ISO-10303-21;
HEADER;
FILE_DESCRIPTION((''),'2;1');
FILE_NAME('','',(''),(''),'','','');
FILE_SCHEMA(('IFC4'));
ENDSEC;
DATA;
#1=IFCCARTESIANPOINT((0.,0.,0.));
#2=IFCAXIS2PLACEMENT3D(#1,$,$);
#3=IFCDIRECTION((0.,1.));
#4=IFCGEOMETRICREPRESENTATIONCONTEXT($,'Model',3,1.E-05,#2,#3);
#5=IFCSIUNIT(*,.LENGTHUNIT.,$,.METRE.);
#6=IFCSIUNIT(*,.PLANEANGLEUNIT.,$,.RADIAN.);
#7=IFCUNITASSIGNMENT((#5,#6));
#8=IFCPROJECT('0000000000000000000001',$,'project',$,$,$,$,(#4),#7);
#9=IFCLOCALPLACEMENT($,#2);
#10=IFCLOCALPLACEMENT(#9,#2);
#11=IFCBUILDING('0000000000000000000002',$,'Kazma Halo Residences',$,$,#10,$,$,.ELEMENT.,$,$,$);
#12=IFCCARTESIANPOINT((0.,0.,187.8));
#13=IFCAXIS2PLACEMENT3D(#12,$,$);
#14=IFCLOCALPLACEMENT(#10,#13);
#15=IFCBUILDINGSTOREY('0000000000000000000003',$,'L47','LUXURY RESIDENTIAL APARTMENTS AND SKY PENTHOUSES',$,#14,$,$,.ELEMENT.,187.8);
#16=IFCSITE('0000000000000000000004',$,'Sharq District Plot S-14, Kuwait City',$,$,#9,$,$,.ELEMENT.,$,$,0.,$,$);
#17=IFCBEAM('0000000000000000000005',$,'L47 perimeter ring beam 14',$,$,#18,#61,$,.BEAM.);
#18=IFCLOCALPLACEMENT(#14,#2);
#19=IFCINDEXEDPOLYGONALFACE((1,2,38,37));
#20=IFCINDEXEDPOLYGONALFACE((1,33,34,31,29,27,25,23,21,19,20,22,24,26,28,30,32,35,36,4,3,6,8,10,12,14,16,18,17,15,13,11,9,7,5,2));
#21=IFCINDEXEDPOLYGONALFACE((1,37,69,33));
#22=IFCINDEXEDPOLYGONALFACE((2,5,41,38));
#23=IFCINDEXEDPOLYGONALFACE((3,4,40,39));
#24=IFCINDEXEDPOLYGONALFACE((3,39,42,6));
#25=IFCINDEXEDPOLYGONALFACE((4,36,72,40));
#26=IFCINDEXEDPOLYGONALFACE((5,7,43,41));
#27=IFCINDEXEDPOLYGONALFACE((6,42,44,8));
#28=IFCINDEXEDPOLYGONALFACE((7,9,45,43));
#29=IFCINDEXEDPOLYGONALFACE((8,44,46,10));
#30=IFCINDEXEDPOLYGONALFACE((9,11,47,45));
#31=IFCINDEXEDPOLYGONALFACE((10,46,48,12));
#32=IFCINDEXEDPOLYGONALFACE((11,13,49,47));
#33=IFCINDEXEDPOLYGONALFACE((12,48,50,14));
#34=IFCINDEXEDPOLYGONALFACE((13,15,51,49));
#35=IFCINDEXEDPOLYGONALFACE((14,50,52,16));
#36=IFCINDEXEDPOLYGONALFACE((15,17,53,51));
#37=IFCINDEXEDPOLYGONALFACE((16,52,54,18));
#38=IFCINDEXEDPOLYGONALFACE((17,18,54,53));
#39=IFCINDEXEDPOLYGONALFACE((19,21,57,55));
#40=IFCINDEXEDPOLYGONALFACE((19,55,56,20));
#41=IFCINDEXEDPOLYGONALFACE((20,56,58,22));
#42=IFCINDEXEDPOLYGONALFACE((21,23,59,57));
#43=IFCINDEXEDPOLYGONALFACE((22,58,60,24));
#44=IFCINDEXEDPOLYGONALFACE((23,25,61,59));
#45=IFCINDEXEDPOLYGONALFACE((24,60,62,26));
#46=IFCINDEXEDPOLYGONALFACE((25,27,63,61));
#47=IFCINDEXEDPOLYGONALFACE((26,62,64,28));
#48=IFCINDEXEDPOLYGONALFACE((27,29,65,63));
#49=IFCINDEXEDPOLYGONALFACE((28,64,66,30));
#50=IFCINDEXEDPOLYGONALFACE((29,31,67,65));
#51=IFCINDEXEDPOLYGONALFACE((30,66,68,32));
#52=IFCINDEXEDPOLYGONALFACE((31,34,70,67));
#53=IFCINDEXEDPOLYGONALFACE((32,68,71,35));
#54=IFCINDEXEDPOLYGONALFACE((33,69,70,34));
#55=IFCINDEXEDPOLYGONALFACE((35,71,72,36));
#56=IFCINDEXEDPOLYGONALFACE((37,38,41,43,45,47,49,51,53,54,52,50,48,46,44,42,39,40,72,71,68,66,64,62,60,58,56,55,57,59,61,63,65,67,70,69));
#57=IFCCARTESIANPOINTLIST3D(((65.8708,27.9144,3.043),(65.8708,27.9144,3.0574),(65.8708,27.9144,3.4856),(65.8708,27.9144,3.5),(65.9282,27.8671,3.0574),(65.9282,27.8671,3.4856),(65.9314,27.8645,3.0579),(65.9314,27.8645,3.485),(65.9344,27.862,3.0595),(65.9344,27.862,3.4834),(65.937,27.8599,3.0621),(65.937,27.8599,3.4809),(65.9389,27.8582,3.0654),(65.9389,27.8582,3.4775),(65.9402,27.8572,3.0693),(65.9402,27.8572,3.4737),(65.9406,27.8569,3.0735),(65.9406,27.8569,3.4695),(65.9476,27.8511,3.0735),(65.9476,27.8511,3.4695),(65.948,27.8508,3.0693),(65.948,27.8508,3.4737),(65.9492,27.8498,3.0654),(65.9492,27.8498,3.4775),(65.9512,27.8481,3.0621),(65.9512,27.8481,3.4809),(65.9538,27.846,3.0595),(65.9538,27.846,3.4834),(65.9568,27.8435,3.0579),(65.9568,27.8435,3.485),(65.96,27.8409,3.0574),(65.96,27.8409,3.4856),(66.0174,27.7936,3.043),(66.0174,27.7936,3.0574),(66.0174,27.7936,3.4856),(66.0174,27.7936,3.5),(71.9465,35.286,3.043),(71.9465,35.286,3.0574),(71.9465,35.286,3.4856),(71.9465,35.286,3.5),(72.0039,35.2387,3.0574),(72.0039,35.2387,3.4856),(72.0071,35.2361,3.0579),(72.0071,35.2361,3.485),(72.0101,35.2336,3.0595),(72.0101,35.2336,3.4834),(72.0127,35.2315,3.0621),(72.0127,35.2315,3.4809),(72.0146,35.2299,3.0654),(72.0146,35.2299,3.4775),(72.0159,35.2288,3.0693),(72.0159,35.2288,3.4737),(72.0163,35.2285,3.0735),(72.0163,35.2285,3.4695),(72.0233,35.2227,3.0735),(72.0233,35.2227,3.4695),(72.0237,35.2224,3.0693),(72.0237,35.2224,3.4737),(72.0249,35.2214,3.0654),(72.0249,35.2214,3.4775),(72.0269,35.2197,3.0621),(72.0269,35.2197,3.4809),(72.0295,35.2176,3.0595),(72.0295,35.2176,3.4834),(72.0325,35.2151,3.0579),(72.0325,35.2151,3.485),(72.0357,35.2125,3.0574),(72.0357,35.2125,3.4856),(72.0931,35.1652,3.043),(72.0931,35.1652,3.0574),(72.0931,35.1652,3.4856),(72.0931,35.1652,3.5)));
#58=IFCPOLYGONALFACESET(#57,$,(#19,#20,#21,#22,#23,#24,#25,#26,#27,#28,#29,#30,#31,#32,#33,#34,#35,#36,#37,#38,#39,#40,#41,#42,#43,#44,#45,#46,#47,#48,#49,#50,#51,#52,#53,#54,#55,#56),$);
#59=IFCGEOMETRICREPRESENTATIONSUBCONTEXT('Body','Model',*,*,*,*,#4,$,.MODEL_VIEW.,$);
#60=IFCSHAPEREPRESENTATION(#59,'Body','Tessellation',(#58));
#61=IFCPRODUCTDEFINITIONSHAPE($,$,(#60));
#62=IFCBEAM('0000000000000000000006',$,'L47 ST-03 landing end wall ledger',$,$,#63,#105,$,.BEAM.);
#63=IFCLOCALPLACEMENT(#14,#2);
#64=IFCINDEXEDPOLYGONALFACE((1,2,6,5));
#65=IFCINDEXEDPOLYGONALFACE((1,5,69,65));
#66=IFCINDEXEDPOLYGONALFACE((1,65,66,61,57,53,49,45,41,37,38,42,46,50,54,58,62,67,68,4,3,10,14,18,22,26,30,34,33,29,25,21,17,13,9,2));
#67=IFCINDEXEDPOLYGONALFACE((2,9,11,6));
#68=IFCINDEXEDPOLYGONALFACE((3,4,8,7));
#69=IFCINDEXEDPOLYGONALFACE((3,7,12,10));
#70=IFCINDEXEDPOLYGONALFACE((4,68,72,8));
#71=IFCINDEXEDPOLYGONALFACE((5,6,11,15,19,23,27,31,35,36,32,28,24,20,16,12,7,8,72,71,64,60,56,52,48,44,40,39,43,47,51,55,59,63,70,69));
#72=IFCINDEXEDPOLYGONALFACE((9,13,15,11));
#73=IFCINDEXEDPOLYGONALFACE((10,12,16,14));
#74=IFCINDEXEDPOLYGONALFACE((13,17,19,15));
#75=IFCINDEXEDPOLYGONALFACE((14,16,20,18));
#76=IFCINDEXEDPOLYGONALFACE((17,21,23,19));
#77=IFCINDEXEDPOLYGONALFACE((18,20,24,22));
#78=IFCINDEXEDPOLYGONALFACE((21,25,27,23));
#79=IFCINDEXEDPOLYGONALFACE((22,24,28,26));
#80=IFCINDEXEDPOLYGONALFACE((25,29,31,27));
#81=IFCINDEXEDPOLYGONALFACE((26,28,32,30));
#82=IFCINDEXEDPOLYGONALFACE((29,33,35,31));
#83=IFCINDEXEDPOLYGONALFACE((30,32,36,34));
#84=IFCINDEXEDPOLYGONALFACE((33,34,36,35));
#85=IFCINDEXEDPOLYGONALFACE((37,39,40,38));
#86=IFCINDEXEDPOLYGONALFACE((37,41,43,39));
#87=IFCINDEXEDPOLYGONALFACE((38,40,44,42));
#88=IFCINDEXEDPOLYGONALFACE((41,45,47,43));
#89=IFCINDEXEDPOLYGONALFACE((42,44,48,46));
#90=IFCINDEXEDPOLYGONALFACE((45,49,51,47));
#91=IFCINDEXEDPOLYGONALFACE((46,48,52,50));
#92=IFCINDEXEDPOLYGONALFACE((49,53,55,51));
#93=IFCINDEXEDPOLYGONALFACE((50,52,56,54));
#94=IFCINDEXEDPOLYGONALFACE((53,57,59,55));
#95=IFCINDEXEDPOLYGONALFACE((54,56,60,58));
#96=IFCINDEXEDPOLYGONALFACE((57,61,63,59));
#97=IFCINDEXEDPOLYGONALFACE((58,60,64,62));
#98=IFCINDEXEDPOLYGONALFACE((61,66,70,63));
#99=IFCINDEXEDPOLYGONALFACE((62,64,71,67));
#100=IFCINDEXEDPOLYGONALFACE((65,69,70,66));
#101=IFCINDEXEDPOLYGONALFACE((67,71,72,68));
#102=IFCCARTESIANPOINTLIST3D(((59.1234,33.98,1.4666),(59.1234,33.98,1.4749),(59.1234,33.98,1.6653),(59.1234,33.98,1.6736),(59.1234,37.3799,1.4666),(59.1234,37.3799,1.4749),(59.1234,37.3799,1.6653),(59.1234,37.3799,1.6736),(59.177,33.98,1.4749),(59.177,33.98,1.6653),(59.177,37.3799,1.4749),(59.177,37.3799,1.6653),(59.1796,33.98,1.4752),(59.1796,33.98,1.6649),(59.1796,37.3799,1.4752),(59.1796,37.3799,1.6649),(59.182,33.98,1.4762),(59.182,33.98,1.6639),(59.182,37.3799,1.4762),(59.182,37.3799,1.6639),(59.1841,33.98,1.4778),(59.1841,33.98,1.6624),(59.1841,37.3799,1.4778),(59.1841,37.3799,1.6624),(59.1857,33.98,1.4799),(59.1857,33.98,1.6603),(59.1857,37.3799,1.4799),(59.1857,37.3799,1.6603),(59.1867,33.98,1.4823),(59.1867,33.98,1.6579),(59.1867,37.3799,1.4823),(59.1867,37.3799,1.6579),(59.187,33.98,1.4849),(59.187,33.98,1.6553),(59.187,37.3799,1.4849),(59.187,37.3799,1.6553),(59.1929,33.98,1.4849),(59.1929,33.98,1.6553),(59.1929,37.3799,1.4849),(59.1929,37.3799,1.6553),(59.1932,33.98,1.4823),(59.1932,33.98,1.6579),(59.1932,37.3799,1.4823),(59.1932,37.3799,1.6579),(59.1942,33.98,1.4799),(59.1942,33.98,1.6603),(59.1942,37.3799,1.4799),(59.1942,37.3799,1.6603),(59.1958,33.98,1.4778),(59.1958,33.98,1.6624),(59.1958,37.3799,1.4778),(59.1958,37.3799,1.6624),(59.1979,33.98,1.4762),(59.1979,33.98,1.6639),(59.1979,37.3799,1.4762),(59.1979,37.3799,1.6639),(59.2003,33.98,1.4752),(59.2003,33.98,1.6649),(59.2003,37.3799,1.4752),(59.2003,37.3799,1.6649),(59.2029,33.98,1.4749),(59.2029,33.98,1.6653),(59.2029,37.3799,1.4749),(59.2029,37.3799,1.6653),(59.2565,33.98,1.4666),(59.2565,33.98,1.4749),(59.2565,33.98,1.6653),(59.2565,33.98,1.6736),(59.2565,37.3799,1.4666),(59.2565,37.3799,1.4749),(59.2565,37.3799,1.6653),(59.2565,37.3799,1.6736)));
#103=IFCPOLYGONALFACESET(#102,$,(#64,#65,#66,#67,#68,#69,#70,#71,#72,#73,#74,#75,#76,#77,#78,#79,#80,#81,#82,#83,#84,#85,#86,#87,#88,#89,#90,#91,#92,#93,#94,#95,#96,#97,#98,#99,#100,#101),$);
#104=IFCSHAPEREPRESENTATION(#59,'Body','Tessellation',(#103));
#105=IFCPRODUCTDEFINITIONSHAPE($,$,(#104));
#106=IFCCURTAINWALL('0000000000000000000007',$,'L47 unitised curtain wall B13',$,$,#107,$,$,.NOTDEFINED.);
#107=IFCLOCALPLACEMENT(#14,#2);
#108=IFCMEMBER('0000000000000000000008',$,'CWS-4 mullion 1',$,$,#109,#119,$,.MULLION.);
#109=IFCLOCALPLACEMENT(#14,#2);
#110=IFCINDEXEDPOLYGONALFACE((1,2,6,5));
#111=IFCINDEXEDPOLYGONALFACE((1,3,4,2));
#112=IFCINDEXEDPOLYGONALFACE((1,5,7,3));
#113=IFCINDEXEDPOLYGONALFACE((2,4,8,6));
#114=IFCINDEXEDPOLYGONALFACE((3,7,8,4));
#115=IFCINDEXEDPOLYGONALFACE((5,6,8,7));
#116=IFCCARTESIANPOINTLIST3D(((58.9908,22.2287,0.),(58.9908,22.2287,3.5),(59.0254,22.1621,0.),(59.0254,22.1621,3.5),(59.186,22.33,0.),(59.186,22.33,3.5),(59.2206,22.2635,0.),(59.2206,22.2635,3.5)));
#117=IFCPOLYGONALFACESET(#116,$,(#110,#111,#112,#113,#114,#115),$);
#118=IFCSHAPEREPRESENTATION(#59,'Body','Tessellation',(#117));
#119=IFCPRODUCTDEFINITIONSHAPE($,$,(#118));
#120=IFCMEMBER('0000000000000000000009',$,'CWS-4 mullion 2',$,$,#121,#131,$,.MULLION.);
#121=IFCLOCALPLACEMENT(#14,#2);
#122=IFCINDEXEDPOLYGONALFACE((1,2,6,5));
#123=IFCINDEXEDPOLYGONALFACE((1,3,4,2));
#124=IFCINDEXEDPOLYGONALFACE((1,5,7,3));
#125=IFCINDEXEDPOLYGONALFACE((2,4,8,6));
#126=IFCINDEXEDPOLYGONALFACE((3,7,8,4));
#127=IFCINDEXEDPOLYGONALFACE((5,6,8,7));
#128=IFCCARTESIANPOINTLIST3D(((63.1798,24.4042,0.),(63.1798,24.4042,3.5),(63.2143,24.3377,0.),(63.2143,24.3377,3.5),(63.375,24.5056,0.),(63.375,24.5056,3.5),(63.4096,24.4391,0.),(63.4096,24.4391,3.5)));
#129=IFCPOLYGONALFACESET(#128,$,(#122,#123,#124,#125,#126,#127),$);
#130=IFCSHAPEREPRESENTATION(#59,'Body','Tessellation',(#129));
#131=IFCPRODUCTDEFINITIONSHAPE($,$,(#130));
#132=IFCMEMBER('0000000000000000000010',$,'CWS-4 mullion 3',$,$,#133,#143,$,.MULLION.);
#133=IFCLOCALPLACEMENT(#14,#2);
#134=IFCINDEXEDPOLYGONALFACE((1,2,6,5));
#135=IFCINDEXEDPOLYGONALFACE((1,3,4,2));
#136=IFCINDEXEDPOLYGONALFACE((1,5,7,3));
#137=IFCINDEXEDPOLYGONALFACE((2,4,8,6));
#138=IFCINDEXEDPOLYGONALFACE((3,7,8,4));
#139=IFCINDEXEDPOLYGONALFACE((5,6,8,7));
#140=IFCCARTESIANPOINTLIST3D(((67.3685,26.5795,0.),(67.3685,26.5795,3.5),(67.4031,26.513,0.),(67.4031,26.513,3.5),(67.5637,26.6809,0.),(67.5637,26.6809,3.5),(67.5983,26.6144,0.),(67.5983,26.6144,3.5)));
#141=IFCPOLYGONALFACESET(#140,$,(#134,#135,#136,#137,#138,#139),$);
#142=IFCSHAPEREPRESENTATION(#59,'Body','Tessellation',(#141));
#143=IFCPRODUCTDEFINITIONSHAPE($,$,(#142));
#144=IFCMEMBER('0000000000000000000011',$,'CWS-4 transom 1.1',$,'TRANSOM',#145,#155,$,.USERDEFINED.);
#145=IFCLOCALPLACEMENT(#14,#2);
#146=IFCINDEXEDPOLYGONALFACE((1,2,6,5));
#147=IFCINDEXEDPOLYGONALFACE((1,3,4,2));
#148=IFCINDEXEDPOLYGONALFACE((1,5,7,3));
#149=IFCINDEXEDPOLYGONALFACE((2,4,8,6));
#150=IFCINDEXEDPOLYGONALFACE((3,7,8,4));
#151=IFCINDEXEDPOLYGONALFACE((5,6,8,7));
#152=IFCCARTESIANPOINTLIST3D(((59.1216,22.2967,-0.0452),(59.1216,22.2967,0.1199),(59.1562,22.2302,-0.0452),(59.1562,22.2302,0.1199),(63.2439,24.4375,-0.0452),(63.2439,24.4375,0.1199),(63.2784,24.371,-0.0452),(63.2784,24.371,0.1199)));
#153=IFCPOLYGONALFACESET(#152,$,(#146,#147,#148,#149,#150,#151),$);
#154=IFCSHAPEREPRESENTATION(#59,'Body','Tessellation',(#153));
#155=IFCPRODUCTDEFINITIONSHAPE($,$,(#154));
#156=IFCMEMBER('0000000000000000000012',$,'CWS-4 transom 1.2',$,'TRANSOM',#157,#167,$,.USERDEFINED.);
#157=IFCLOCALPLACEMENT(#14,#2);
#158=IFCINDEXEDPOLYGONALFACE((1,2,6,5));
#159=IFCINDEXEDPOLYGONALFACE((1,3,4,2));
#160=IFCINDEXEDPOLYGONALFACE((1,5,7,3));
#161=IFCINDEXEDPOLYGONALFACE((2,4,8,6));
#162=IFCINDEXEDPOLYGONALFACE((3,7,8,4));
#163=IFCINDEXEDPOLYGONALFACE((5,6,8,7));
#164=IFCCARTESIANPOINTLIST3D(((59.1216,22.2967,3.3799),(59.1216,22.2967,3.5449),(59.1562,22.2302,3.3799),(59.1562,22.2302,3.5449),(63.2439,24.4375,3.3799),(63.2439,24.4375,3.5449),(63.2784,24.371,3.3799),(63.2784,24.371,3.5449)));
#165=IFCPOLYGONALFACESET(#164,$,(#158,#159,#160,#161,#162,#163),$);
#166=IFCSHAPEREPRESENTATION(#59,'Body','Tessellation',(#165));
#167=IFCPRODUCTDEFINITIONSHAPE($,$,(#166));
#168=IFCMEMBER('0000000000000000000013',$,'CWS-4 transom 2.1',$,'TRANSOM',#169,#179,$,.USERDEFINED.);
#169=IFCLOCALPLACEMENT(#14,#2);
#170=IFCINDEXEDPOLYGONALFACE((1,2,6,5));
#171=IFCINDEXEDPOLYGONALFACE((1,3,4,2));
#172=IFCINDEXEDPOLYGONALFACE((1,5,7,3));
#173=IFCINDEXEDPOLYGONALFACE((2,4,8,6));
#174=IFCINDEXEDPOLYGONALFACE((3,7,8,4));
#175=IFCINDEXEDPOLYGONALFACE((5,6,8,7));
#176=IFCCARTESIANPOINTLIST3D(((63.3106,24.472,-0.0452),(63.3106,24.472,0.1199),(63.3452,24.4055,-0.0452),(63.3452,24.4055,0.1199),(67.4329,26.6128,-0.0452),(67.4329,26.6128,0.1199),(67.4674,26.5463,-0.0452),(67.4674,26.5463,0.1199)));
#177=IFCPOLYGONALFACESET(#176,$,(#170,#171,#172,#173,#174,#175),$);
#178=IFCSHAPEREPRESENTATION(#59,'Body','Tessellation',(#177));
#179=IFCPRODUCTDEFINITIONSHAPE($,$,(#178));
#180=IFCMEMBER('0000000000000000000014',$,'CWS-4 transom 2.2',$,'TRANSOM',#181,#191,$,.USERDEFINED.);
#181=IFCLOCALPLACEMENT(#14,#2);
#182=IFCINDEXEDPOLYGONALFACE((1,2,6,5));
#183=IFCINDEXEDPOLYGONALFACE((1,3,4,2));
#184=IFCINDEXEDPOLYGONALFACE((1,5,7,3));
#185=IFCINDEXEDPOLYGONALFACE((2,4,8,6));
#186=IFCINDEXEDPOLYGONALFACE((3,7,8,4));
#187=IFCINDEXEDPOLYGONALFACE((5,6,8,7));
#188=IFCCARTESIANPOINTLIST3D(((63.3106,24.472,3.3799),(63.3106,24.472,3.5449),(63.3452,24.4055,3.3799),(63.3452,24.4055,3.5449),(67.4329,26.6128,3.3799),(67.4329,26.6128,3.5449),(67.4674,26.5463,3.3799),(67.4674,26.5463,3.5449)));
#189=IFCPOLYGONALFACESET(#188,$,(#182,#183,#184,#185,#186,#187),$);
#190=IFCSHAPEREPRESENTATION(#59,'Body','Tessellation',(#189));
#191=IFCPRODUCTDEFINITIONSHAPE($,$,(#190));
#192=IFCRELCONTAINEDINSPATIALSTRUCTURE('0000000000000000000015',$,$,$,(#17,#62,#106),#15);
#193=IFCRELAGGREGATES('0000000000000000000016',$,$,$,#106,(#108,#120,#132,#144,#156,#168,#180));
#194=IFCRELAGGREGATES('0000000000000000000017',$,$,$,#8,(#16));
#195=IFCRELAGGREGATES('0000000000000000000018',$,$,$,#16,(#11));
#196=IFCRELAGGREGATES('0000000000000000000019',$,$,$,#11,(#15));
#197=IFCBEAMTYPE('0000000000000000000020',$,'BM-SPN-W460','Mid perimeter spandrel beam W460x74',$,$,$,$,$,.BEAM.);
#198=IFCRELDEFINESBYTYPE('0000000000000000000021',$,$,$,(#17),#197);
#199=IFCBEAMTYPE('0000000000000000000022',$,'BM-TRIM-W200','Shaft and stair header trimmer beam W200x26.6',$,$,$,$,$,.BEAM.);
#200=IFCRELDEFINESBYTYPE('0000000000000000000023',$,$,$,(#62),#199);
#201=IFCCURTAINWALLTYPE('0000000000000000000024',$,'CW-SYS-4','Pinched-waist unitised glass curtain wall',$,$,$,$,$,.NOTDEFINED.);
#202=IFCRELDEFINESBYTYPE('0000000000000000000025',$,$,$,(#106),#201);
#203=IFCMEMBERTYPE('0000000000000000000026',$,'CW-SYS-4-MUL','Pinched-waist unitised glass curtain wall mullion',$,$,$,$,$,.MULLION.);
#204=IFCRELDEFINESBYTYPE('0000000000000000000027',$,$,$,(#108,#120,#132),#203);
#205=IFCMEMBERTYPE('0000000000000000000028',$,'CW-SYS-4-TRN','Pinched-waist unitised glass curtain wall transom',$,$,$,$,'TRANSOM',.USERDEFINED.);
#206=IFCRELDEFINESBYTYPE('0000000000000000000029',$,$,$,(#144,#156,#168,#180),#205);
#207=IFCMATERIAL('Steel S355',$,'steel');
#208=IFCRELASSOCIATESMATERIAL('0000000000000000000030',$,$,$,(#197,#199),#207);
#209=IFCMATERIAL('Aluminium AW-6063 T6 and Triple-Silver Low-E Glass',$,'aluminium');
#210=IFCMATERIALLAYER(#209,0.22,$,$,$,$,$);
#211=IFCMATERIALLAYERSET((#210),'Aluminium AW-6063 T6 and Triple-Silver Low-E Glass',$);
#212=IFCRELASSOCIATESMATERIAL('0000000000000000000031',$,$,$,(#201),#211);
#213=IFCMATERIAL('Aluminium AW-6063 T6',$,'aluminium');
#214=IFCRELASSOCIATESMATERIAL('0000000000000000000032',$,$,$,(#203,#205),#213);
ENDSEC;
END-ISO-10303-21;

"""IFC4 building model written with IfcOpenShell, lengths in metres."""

from ifc_helpers import new_model, si_unit, direction, frame, origin, origin_2d, place, context, subcontext, project, spatial, rectangle, i_section, extrude, material, layer, layer_set, material_profile, profile_set, type_object, element, aggregate, save


model = new_model("IFC4")

# Units and contexts
model_context = context("Model", 3, precision=1e-05, world=origin(), true_north=direction((0.0, 1.0)))
body_context = subcontext(model_context, "Body", "Model", "MODEL_VIEW")
ifc_project = project(units=[si_unit("LENGTHUNIT", "METRE"), si_unit("PLANEANGLEUNIT", "RADIAN")], contexts=[model_context])

# Site, building, storey
site_placement = place(None, origin())
site = spatial("IfcSite", under=ifc_project, at=site_placement, Name="Sharq District Plot S-14, Kuwait City", CompositionType="ELEMENT", RefElevation=0.0)
building_placement = place(site_placement, origin())
building = spatial("IfcBuilding", under=site, at=building_placement, Name="Kazma Halo Residences", CompositionType="ELEMENT")
storey_placement = place(building_placement, frame((0.0, 0.0, 187.8)))
storey = spatial("IfcBuildingStorey", under=building, at=storey_placement, Name="L47", Description="LUXURY RESIDENTIAL APARTMENTS AND SKY PENTHOUSES", CompositionType="ELEMENT", Elevation=187.8)

# Beams
ifc_material_1 = material(Name="Steel S355", Category="steel")
ifc_material_profile_1 = material_profile(ifc_material_1, i_section(OverallWidth=0.1899, OverallDepth=0.457, WebThickness=0.009, FlangeThickness=0.0144, FilletRadius=0.0161, at=origin_2d()), Name="W460x74")
ifc_profile_set_1 = profile_set([ifc_material_profile_1], Name="Steel S355")
beam_type_1 = type_object("IfcBeamType", Name="BM-SPN-W460", Description="Mid perimeter spandrel beam W460x74", PredefinedType="BEAM", material=ifc_profile_set_1)
beam_1_placement = place(storey_placement, frame((65.9441, 27.854, 3.2715), z_axis=(0.636017, 0.771675, 0.0), x_axis=(-0.771675, 0.636017, 0.0)))
element("IfcBeam", 1, at=beam_1_placement, inside=storey, type_object=beam_type_1, Name="L47 perimeter ring beam 14", PredefinedType="BEAM", context=body_context, shape_type="SweptSolid", body=[
    extrude(i_section(OverallWidth=0.1899, OverallDepth=0.457, WebThickness=0.009, FlangeThickness=0.0144, FilletRadius=0.0161, at=origin_2d()), origin(), (0.0, 0.0, 1.0), 9.5527),
])
ifc_material_profile_2 = material_profile(ifc_material_1, i_section(OverallWidth=0.1331, OverallDepth=0.207, WebThickness=0.0059, FlangeThickness=0.0083, FilletRadius=0.01, at=origin_2d()), Name="W200x26.6")
ifc_profile_set_2 = profile_set([ifc_material_profile_2], Name="Steel S355")
beam_type_2 = type_object("IfcBeamType", Name="BM-TRIM-W200", Description="Shaft and stair header trimmer beam W200x26.6", PredefinedType="BEAM", material=ifc_profile_set_2)
beam_2_placement = place(storey_placement, frame((59.1899, 33.98, 1.5701), z_axis=(0.0, 1.0, 0.0), x_axis=(-1.0, 0.0, 0.0)))
element("IfcBeam", 2, at=beam_2_placement, inside=storey, type_object=beam_type_2, Name="L47 ST-03 landing end wall ledger", PredefinedType="BEAM", context=body_context, shape_type="SweptSolid", body=[
    extrude(i_section(OverallWidth=0.1331, OverallDepth=0.207, WebThickness=0.0059, FlangeThickness=0.0083, FilletRadius=0.01, at=origin_2d()), origin(), (0.0, 0.0, 1.0), 3.3999),
])

# Curtain wall, members
ifc_material_2 = material(Name="Aluminium AW-6063 T6 and Triple-Silver Low-E Glass", Category="aluminium")
ifc_layer_1 = layer(ifc_material_2, 0.22)
ifc_layer_set_1 = layer_set([ifc_layer_1], Name="Aluminium AW-6063 T6 and Triple-Silver Low-E Glass")
curtain_wall_type = type_object("IfcCurtainWallType", Name="CW-SYS-4", Description="Pinched-waist unitised glass curtain wall", PredefinedType="NOTDEFINED", material=ifc_layer_set_1)
curtain_wall_placement = place(storey_placement, origin())
curtain_wall = element("IfcCurtainWall", 3, at=curtain_wall_placement, inside=storey, type_object=curtain_wall_type, Name="L47 unitised curtain wall B13", PredefinedType="NOTDEFINED")
ifc_material_3 = material(Name="Aluminium AW-6063 T6", Category="aluminium")
ifc_material_profile_3 = material_profile(ifc_material_3, rectangle(XDim=0.075, YDim=0.22, at=origin_2d()), Name="CWM-75x220")
ifc_profile_set_3 = profile_set([ifc_material_profile_3], Name="Aluminium AW-6063 T6")
member_type_1 = type_object("IfcMemberType", Name="CW-SYS-4-MUL", Description="Pinched-waist unitised glass curtain wall mullion", PredefinedType="MULLION", material=ifc_profile_set_3)
member_1_placement = place(storey_placement, frame((59.1057, 22.2461, 0.0), z_axis=(0.0, 0.0, 1.0), x_axis=(-0.460874, 0.887466, 0.0)))
member_1 = element("IfcMember", 4, at=member_1_placement, type_object=member_type_1, Name="CWS-4 mullion 1", PredefinedType="MULLION", context=body_context, shape_type="SweptSolid", body=[
    extrude(rectangle(XDim=0.075, YDim=0.22, at=origin_2d()), origin(), (0.0, 0.0, 1.0), 3.5),
])
member_2_placement = place(storey_placement, frame((63.2947, 24.4216, 0.0), z_axis=(0.0, 0.0, 1.0), x_axis=(-0.460874, 0.887466, 0.0)))
member_2 = element("IfcMember", 5, at=member_2_placement, type_object=member_type_1, Name="CWS-4 mullion 2", PredefinedType="MULLION", context=body_context, shape_type="SweptSolid", body=[
    extrude(rectangle(XDim=0.075, YDim=0.22, at=origin_2d()), origin(), (0.0, 0.0, 1.0), 3.5),
])
member_3_placement = place(storey_placement, frame((67.4834, 26.5969, 0.0), z_axis=(0.0, 0.0, 1.0), x_axis=(-0.460874, 0.887466, 0.0)))
member_3 = element("IfcMember", 6, at=member_3_placement, type_object=member_type_1, Name="CWS-4 mullion 3", PredefinedType="MULLION", context=body_context, shape_type="SweptSolid", body=[
    extrude(rectangle(XDim=0.075, YDim=0.22, at=origin_2d()), origin(), (0.0, 0.0, 1.0), 3.5),
])
ifc_material_profile_4 = material_profile(ifc_material_3, rectangle(XDim=0.075, YDim=0.165, at=origin_2d()), Name="CWT-75x165")
ifc_profile_set_4 = profile_set([ifc_material_profile_4], Name="Aluminium AW-6063 T6")
member_type_2 = type_object("IfcMemberType", Name="CW-SYS-4-TRN", Description="Pinched-waist unitised glass curtain wall transom", ElementType="TRANSOM", PredefinedType="USERDEFINED", material=ifc_profile_set_4)
member_4_placement = place(storey_placement, frame((59.1389, 22.2634, 0.0374), z_axis=(0.887458, 0.460889, 0.0), x_axis=(-0.460889, 0.887458, 0.0)))
member_4 = element("IfcMember", 7, at=member_4_placement, type_object=member_type_2, Name="CWS-4 transom 1.1", ObjectType="TRANSOM", PredefinedType="USERDEFINED", context=body_context, shape_type="SweptSolid", body=[
    extrude(rectangle(XDim=0.075, YDim=0.165, at=origin_2d()), origin(), (0.0, 0.0, 1.0), 4.645),
])
member_5_placement = place(storey_placement, frame((59.1389, 22.2634, 3.4624), z_axis=(0.887458, 0.460889, 0.0), x_axis=(-0.460889, 0.887458, 0.0)))
member_5 = element("IfcMember", 8, at=member_5_placement, type_object=member_type_2, Name="CWS-4 transom 1.2", ObjectType="TRANSOM", PredefinedType="USERDEFINED", context=body_context, shape_type="SweptSolid", body=[
    extrude(rectangle(XDim=0.075, YDim=0.165, at=origin_2d()), origin(), (0.0, 0.0, 1.0), 4.645),
])
member_6_placement = place(storey_placement, frame((63.3279, 24.4387, 0.0374), z_axis=(0.887458, 0.460889, 0.0), x_axis=(-0.460889, 0.887458, 0.0)))
member_6 = element("IfcMember", 9, at=member_6_placement, type_object=member_type_2, Name="CWS-4 transom 2.1", ObjectType="TRANSOM", PredefinedType="USERDEFINED", context=body_context, shape_type="SweptSolid", body=[
    extrude(rectangle(XDim=0.075, YDim=0.165, at=origin_2d()), origin(), (0.0, 0.0, 1.0), 4.645),
])
member_7_placement = place(storey_placement, frame((63.3279, 24.4387, 3.4624), z_axis=(0.887458, 0.460889, 0.0), x_axis=(-0.460889, 0.887458, 0.0)))
member_7 = element("IfcMember", 10, at=member_7_placement, type_object=member_type_2, Name="CWS-4 transom 2.2", ObjectType="TRANSOM", PredefinedType="USERDEFINED", context=body_context, shape_type="SweptSolid", body=[
    extrude(rectangle(XDim=0.075, YDim=0.165, at=origin_2d()), origin(), (0.0, 0.0, 1.0), 4.645),
])
aggregate(curtain_wall, [member_1, member_2, member_3, member_4, member_5, member_6, member_7])

save(model, "model.ifc")
